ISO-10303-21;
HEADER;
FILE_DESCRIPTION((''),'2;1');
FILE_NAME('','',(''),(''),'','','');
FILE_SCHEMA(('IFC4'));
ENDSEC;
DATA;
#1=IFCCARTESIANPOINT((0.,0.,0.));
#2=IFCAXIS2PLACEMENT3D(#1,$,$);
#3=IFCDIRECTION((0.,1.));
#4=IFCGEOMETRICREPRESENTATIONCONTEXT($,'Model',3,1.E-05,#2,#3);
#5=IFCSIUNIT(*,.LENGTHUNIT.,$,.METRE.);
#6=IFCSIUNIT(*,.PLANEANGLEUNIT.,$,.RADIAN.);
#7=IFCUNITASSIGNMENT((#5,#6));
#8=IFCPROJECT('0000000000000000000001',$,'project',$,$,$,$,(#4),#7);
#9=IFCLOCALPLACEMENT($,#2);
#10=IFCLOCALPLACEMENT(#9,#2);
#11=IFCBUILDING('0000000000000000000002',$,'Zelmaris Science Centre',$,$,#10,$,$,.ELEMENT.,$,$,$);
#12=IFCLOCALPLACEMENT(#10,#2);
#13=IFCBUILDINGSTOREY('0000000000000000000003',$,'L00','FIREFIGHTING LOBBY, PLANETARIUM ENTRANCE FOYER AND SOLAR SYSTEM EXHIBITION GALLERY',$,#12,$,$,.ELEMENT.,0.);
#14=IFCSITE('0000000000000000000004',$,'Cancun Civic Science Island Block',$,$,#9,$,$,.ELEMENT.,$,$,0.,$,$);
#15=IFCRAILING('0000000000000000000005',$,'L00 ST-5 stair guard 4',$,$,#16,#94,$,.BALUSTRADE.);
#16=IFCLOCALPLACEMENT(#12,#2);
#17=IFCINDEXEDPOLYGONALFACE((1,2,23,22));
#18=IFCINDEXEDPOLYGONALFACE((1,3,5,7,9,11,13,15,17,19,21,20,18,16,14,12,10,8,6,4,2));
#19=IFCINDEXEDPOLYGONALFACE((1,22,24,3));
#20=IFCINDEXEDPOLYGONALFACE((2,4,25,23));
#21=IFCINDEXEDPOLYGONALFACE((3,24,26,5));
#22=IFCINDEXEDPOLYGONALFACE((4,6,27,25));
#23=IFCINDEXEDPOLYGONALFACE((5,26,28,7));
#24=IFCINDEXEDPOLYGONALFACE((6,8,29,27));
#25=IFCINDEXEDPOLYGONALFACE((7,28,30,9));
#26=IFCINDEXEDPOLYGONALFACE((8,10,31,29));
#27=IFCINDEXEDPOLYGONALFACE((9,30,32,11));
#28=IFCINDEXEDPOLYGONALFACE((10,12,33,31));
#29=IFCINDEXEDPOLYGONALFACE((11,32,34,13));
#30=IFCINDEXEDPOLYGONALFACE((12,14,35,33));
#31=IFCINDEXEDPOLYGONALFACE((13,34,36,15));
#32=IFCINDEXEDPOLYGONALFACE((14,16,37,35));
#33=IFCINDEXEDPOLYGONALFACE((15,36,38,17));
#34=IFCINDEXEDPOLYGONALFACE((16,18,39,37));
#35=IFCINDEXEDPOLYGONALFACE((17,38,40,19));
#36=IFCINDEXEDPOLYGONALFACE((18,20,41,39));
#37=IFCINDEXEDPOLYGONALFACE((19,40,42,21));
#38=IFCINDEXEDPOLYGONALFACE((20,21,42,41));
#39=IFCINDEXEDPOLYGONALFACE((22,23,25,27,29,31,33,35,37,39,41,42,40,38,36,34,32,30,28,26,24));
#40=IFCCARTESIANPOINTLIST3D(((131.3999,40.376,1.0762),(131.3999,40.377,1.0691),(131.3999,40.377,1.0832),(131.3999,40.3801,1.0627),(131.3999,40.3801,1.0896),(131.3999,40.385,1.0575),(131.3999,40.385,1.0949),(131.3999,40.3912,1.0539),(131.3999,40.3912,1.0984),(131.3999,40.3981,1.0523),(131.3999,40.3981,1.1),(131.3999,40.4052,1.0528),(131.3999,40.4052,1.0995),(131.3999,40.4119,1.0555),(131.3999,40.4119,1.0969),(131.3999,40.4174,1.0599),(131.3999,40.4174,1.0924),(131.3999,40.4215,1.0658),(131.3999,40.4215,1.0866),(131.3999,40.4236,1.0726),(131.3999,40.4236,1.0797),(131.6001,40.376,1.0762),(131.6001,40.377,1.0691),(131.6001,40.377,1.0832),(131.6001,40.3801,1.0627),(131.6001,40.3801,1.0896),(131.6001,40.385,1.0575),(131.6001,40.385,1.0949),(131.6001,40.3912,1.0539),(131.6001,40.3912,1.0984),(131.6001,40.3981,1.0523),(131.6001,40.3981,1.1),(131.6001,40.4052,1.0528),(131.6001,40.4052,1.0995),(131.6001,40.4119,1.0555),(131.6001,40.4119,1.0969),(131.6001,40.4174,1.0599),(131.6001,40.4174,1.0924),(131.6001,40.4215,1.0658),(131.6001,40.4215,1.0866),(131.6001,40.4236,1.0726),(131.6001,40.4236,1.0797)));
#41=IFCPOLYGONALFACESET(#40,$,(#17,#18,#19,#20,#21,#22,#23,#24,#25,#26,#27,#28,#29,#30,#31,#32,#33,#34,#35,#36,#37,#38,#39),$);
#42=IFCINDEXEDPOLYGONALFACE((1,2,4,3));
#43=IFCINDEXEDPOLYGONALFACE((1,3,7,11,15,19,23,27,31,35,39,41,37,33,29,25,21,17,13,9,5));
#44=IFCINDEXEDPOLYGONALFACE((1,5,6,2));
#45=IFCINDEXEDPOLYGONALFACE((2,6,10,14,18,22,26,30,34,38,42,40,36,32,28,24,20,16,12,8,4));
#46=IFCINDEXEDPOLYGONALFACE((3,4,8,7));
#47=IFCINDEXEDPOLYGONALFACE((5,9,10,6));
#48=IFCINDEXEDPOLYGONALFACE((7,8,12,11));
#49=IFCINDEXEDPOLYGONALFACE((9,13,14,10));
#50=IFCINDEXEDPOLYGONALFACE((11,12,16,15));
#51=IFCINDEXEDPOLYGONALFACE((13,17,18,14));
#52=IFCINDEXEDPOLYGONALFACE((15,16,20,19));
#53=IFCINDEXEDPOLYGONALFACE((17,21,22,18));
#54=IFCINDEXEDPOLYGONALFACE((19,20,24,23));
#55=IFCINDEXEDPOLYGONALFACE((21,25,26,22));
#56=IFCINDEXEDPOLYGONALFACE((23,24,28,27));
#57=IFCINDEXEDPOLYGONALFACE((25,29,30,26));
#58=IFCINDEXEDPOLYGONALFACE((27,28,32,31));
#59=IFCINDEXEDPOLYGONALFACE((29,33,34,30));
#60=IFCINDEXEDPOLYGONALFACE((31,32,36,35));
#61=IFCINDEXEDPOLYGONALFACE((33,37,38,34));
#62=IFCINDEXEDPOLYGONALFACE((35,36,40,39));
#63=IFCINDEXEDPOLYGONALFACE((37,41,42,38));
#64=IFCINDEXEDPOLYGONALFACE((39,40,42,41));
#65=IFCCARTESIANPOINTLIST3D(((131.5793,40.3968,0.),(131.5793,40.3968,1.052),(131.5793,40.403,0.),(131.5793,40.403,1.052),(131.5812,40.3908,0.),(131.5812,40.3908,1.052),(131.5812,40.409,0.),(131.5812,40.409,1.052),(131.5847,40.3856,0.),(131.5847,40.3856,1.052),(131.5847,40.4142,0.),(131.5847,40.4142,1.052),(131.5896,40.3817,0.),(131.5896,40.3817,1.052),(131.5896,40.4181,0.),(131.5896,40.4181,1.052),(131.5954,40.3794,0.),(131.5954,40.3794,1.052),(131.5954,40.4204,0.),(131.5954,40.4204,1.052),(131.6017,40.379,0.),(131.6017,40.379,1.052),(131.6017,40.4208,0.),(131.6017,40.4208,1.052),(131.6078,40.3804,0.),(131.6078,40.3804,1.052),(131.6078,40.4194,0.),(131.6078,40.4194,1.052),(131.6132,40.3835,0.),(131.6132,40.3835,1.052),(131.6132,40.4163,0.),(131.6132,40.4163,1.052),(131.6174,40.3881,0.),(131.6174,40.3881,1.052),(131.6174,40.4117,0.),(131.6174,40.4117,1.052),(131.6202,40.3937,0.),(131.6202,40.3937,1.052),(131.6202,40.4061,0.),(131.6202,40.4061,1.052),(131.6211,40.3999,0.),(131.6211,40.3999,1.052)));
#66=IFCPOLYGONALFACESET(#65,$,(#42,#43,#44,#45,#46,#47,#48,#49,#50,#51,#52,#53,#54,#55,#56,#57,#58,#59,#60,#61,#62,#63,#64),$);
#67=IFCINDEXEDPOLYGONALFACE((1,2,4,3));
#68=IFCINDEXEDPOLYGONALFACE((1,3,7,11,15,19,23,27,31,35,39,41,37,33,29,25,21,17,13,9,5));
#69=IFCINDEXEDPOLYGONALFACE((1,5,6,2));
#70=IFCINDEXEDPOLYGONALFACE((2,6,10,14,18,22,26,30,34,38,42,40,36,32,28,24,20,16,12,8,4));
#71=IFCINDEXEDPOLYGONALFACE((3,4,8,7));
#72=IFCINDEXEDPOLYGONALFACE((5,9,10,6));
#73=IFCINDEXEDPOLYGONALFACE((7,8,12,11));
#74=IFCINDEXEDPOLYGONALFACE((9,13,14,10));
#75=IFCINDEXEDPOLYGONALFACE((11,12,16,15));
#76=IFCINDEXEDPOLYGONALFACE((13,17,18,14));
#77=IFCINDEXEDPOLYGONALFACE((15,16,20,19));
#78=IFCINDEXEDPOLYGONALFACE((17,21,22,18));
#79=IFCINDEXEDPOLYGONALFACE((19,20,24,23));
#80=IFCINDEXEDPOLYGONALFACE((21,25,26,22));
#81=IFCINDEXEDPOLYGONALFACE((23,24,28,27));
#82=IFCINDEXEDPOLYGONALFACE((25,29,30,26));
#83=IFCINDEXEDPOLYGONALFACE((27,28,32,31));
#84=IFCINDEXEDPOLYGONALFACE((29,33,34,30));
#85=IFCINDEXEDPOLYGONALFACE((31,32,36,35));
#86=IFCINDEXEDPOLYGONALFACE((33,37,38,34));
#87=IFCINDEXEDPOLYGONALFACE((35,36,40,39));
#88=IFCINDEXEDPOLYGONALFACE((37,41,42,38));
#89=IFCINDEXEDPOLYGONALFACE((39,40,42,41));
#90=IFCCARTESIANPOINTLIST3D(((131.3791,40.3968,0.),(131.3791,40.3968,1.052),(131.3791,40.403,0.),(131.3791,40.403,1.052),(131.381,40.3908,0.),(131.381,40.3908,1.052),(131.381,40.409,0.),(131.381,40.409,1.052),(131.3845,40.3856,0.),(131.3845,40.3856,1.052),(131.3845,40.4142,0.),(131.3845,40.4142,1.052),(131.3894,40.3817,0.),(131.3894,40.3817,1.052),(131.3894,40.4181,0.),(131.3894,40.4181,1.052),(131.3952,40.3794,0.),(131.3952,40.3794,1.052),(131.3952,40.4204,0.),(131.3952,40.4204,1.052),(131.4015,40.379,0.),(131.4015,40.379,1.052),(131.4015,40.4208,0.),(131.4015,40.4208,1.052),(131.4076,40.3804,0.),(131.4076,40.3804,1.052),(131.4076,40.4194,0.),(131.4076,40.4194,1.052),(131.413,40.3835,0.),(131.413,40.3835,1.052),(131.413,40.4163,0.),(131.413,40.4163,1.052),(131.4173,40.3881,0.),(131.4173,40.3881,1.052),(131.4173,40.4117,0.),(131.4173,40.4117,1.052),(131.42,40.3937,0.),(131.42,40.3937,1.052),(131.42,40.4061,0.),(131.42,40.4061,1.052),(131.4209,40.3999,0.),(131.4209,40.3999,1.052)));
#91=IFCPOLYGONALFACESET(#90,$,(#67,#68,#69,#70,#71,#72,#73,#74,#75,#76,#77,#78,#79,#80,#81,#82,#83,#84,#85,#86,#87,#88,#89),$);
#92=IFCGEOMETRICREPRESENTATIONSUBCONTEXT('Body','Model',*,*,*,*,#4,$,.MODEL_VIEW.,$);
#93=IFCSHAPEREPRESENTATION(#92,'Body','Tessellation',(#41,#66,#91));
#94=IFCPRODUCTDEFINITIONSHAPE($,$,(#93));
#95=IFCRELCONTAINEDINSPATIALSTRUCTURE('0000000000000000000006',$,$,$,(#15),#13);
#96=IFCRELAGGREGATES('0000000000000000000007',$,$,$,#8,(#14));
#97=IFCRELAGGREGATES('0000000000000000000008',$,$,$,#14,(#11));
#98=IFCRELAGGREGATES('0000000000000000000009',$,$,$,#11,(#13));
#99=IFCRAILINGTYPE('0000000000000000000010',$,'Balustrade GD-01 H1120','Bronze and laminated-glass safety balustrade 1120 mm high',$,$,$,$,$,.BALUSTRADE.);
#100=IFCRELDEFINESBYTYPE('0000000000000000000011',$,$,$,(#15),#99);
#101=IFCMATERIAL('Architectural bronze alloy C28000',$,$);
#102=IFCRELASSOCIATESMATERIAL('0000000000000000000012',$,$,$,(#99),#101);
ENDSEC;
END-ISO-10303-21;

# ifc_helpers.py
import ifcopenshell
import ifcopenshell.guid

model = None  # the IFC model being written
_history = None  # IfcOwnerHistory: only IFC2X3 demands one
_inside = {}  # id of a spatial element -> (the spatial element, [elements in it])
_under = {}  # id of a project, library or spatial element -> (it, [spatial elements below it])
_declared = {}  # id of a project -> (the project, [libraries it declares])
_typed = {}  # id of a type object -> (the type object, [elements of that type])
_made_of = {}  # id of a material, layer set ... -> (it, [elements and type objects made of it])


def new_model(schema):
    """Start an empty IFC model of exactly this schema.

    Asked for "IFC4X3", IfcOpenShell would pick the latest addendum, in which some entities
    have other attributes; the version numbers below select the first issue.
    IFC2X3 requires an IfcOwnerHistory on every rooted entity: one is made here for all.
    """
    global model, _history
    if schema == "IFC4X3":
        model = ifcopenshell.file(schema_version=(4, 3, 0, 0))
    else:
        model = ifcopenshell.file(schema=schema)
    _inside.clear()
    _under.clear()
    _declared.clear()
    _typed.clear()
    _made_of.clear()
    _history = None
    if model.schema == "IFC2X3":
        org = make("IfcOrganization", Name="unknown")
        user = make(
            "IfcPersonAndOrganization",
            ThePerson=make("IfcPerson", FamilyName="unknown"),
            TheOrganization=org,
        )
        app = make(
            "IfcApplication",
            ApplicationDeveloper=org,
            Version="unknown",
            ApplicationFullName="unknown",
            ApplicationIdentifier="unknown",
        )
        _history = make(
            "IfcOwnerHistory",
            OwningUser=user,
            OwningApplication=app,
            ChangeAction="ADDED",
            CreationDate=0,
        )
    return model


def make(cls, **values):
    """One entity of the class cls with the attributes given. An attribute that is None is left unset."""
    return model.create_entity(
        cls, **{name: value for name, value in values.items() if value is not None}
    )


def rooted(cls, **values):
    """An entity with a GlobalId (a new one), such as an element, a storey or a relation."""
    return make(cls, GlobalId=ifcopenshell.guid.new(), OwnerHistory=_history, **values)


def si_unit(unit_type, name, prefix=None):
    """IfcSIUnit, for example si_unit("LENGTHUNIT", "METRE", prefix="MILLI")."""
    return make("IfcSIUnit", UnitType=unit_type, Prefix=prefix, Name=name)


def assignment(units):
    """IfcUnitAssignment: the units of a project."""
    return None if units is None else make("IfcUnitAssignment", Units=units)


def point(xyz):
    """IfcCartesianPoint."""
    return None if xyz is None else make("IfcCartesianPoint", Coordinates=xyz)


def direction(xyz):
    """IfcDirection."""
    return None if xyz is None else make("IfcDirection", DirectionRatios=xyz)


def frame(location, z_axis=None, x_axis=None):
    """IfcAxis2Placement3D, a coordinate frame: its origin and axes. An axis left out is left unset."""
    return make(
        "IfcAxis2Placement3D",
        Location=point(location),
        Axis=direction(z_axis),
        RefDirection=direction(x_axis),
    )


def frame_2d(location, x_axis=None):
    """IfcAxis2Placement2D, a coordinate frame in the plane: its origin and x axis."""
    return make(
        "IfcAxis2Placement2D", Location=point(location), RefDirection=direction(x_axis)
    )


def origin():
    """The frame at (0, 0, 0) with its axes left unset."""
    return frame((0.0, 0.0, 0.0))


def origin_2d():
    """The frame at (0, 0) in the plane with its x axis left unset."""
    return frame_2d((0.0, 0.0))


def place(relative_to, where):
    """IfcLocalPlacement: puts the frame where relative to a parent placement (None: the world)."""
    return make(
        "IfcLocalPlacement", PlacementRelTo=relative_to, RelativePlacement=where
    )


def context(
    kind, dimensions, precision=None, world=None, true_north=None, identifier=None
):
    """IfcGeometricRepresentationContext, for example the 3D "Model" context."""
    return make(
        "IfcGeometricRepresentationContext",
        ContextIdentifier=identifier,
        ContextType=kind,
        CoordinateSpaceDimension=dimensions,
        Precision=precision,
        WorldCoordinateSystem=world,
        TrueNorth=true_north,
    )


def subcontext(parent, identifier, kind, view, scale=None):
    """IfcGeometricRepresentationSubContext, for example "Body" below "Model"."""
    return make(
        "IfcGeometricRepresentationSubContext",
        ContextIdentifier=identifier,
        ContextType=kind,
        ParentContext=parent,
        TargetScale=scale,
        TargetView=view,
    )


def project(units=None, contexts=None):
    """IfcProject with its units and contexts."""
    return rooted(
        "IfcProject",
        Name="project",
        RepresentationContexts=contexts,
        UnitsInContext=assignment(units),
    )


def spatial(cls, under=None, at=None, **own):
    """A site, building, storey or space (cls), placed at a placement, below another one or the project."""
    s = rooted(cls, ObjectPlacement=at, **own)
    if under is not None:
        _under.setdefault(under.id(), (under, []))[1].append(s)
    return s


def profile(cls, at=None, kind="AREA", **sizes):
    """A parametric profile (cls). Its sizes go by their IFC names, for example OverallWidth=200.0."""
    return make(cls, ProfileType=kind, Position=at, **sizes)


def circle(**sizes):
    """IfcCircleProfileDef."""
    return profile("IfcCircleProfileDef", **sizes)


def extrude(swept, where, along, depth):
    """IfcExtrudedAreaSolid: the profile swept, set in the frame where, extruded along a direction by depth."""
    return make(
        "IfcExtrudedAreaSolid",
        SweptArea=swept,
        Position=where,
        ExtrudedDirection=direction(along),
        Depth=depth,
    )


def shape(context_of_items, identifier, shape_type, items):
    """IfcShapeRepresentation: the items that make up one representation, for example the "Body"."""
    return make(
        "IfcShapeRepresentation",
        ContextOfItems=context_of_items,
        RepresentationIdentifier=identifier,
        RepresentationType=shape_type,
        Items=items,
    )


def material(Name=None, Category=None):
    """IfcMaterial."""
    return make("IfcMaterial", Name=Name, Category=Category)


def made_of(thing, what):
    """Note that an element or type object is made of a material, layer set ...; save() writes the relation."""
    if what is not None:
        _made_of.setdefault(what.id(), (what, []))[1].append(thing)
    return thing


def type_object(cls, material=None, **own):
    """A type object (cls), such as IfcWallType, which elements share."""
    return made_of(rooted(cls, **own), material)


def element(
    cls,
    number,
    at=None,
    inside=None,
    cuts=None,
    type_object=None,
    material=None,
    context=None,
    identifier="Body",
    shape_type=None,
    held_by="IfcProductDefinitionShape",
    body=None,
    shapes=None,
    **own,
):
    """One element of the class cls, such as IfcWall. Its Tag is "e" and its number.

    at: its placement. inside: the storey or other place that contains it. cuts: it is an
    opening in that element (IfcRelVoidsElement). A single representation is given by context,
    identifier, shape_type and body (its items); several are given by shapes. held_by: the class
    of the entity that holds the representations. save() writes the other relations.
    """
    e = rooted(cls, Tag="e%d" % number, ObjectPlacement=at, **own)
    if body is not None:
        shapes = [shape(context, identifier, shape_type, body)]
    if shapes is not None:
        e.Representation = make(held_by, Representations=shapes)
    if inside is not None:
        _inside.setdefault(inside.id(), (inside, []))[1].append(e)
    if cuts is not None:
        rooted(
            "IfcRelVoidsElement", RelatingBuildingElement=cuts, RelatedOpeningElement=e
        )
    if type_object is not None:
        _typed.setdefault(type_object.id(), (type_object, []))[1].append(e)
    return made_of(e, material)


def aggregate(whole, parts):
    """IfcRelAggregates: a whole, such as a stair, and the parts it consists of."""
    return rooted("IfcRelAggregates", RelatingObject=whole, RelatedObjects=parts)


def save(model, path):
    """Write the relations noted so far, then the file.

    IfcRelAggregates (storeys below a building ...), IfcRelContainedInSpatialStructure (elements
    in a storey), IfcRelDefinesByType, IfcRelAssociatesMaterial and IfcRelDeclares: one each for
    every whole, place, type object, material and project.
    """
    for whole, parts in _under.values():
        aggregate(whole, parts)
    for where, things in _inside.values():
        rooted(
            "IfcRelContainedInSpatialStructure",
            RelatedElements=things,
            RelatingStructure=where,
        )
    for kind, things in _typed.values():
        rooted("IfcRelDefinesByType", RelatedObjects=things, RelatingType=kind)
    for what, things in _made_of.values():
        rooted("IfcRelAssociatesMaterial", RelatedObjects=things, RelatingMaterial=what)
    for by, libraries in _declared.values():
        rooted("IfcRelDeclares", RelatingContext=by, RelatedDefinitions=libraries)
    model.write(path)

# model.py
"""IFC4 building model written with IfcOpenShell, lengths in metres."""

from ifc_helpers import new_model, si_unit, direction, frame, origin, origin_2d, place, context, subcontext, project, spatial, circle, extrude, material, type_object, element, save


model = new_model("IFC4")

# Units and contexts
model_context = context("Model", 3, precision=1e-05, world=origin(), true_north=direction((0.0, 1.0)))
body_context = subcontext(model_context, "Body", "Model", "MODEL_VIEW")
ifc_project = project(units=[si_unit("LENGTHUNIT", "METRE"), si_unit("PLANEANGLEUNIT", "RADIAN")], contexts=[model_context])

# Site, building, storey
site_placement = place(None, origin())
site = spatial("IfcSite", under=ifc_project, at=site_placement, Name="Cancun Civic Science Island Block", CompositionType="ELEMENT", RefElevation=0.0)
building_placement = place(site_placement, origin())
building = spatial("IfcBuilding", under=site, at=building_placement, Name="Zelmaris Science Centre", CompositionType="ELEMENT")
storey_placement = place(building_placement, origin())
storey = spatial("IfcBuildingStorey", under=building, at=storey_placement, Name="L00", Description="FIREFIGHTING LOBBY, PLANETARIUM ENTRANCE FOYER AND SOLAR SYSTEM EXHIBITION GALLERY", CompositionType="ELEMENT", Elevation=0.0)

# Railing
ifc_material_1 = material(Name="Architectural bronze alloy C28000")
railing_type_1 = type_object("IfcRailingType", Name="Balustrade GD-01 H1120", Description="Bronze and laminated-glass safety balustrade 1120 mm high", PredefinedType="BALUSTRADE", material=ifc_material_1)
railing_1_placement = place(storey_placement, frame((131.6001, 40.3999, 0.0)))
element("IfcRailing", 1, at=railing_1_placement, inside=storey, type_object=railing_type_1, Name="L00 ST-5 stair guard 4", PredefinedType="BALUSTRADE", context=body_context, shape_type="SweptSolid", body=[
    extrude(circle(Radius=0.0239, at=origin_2d()), frame((0.0, 0.0, 1.0762), z_axis=(-1.0, 0.0, 0.0), x_axis=(0.0, -1.0, 0.0)), (0.0, 0.0, 1.0), 0.2002),
    extrude(circle(Radius=0.021, at=origin_2d()), origin(), (0.0, 0.0, 1.0), 1.052),
    extrude(circle(Radius=0.021, at=origin_2d()), frame((-0.2002, 0.0, 0.0)), (0.0, 0.0, 1.0), 1.052),
])

save(model, "model.ifc")
